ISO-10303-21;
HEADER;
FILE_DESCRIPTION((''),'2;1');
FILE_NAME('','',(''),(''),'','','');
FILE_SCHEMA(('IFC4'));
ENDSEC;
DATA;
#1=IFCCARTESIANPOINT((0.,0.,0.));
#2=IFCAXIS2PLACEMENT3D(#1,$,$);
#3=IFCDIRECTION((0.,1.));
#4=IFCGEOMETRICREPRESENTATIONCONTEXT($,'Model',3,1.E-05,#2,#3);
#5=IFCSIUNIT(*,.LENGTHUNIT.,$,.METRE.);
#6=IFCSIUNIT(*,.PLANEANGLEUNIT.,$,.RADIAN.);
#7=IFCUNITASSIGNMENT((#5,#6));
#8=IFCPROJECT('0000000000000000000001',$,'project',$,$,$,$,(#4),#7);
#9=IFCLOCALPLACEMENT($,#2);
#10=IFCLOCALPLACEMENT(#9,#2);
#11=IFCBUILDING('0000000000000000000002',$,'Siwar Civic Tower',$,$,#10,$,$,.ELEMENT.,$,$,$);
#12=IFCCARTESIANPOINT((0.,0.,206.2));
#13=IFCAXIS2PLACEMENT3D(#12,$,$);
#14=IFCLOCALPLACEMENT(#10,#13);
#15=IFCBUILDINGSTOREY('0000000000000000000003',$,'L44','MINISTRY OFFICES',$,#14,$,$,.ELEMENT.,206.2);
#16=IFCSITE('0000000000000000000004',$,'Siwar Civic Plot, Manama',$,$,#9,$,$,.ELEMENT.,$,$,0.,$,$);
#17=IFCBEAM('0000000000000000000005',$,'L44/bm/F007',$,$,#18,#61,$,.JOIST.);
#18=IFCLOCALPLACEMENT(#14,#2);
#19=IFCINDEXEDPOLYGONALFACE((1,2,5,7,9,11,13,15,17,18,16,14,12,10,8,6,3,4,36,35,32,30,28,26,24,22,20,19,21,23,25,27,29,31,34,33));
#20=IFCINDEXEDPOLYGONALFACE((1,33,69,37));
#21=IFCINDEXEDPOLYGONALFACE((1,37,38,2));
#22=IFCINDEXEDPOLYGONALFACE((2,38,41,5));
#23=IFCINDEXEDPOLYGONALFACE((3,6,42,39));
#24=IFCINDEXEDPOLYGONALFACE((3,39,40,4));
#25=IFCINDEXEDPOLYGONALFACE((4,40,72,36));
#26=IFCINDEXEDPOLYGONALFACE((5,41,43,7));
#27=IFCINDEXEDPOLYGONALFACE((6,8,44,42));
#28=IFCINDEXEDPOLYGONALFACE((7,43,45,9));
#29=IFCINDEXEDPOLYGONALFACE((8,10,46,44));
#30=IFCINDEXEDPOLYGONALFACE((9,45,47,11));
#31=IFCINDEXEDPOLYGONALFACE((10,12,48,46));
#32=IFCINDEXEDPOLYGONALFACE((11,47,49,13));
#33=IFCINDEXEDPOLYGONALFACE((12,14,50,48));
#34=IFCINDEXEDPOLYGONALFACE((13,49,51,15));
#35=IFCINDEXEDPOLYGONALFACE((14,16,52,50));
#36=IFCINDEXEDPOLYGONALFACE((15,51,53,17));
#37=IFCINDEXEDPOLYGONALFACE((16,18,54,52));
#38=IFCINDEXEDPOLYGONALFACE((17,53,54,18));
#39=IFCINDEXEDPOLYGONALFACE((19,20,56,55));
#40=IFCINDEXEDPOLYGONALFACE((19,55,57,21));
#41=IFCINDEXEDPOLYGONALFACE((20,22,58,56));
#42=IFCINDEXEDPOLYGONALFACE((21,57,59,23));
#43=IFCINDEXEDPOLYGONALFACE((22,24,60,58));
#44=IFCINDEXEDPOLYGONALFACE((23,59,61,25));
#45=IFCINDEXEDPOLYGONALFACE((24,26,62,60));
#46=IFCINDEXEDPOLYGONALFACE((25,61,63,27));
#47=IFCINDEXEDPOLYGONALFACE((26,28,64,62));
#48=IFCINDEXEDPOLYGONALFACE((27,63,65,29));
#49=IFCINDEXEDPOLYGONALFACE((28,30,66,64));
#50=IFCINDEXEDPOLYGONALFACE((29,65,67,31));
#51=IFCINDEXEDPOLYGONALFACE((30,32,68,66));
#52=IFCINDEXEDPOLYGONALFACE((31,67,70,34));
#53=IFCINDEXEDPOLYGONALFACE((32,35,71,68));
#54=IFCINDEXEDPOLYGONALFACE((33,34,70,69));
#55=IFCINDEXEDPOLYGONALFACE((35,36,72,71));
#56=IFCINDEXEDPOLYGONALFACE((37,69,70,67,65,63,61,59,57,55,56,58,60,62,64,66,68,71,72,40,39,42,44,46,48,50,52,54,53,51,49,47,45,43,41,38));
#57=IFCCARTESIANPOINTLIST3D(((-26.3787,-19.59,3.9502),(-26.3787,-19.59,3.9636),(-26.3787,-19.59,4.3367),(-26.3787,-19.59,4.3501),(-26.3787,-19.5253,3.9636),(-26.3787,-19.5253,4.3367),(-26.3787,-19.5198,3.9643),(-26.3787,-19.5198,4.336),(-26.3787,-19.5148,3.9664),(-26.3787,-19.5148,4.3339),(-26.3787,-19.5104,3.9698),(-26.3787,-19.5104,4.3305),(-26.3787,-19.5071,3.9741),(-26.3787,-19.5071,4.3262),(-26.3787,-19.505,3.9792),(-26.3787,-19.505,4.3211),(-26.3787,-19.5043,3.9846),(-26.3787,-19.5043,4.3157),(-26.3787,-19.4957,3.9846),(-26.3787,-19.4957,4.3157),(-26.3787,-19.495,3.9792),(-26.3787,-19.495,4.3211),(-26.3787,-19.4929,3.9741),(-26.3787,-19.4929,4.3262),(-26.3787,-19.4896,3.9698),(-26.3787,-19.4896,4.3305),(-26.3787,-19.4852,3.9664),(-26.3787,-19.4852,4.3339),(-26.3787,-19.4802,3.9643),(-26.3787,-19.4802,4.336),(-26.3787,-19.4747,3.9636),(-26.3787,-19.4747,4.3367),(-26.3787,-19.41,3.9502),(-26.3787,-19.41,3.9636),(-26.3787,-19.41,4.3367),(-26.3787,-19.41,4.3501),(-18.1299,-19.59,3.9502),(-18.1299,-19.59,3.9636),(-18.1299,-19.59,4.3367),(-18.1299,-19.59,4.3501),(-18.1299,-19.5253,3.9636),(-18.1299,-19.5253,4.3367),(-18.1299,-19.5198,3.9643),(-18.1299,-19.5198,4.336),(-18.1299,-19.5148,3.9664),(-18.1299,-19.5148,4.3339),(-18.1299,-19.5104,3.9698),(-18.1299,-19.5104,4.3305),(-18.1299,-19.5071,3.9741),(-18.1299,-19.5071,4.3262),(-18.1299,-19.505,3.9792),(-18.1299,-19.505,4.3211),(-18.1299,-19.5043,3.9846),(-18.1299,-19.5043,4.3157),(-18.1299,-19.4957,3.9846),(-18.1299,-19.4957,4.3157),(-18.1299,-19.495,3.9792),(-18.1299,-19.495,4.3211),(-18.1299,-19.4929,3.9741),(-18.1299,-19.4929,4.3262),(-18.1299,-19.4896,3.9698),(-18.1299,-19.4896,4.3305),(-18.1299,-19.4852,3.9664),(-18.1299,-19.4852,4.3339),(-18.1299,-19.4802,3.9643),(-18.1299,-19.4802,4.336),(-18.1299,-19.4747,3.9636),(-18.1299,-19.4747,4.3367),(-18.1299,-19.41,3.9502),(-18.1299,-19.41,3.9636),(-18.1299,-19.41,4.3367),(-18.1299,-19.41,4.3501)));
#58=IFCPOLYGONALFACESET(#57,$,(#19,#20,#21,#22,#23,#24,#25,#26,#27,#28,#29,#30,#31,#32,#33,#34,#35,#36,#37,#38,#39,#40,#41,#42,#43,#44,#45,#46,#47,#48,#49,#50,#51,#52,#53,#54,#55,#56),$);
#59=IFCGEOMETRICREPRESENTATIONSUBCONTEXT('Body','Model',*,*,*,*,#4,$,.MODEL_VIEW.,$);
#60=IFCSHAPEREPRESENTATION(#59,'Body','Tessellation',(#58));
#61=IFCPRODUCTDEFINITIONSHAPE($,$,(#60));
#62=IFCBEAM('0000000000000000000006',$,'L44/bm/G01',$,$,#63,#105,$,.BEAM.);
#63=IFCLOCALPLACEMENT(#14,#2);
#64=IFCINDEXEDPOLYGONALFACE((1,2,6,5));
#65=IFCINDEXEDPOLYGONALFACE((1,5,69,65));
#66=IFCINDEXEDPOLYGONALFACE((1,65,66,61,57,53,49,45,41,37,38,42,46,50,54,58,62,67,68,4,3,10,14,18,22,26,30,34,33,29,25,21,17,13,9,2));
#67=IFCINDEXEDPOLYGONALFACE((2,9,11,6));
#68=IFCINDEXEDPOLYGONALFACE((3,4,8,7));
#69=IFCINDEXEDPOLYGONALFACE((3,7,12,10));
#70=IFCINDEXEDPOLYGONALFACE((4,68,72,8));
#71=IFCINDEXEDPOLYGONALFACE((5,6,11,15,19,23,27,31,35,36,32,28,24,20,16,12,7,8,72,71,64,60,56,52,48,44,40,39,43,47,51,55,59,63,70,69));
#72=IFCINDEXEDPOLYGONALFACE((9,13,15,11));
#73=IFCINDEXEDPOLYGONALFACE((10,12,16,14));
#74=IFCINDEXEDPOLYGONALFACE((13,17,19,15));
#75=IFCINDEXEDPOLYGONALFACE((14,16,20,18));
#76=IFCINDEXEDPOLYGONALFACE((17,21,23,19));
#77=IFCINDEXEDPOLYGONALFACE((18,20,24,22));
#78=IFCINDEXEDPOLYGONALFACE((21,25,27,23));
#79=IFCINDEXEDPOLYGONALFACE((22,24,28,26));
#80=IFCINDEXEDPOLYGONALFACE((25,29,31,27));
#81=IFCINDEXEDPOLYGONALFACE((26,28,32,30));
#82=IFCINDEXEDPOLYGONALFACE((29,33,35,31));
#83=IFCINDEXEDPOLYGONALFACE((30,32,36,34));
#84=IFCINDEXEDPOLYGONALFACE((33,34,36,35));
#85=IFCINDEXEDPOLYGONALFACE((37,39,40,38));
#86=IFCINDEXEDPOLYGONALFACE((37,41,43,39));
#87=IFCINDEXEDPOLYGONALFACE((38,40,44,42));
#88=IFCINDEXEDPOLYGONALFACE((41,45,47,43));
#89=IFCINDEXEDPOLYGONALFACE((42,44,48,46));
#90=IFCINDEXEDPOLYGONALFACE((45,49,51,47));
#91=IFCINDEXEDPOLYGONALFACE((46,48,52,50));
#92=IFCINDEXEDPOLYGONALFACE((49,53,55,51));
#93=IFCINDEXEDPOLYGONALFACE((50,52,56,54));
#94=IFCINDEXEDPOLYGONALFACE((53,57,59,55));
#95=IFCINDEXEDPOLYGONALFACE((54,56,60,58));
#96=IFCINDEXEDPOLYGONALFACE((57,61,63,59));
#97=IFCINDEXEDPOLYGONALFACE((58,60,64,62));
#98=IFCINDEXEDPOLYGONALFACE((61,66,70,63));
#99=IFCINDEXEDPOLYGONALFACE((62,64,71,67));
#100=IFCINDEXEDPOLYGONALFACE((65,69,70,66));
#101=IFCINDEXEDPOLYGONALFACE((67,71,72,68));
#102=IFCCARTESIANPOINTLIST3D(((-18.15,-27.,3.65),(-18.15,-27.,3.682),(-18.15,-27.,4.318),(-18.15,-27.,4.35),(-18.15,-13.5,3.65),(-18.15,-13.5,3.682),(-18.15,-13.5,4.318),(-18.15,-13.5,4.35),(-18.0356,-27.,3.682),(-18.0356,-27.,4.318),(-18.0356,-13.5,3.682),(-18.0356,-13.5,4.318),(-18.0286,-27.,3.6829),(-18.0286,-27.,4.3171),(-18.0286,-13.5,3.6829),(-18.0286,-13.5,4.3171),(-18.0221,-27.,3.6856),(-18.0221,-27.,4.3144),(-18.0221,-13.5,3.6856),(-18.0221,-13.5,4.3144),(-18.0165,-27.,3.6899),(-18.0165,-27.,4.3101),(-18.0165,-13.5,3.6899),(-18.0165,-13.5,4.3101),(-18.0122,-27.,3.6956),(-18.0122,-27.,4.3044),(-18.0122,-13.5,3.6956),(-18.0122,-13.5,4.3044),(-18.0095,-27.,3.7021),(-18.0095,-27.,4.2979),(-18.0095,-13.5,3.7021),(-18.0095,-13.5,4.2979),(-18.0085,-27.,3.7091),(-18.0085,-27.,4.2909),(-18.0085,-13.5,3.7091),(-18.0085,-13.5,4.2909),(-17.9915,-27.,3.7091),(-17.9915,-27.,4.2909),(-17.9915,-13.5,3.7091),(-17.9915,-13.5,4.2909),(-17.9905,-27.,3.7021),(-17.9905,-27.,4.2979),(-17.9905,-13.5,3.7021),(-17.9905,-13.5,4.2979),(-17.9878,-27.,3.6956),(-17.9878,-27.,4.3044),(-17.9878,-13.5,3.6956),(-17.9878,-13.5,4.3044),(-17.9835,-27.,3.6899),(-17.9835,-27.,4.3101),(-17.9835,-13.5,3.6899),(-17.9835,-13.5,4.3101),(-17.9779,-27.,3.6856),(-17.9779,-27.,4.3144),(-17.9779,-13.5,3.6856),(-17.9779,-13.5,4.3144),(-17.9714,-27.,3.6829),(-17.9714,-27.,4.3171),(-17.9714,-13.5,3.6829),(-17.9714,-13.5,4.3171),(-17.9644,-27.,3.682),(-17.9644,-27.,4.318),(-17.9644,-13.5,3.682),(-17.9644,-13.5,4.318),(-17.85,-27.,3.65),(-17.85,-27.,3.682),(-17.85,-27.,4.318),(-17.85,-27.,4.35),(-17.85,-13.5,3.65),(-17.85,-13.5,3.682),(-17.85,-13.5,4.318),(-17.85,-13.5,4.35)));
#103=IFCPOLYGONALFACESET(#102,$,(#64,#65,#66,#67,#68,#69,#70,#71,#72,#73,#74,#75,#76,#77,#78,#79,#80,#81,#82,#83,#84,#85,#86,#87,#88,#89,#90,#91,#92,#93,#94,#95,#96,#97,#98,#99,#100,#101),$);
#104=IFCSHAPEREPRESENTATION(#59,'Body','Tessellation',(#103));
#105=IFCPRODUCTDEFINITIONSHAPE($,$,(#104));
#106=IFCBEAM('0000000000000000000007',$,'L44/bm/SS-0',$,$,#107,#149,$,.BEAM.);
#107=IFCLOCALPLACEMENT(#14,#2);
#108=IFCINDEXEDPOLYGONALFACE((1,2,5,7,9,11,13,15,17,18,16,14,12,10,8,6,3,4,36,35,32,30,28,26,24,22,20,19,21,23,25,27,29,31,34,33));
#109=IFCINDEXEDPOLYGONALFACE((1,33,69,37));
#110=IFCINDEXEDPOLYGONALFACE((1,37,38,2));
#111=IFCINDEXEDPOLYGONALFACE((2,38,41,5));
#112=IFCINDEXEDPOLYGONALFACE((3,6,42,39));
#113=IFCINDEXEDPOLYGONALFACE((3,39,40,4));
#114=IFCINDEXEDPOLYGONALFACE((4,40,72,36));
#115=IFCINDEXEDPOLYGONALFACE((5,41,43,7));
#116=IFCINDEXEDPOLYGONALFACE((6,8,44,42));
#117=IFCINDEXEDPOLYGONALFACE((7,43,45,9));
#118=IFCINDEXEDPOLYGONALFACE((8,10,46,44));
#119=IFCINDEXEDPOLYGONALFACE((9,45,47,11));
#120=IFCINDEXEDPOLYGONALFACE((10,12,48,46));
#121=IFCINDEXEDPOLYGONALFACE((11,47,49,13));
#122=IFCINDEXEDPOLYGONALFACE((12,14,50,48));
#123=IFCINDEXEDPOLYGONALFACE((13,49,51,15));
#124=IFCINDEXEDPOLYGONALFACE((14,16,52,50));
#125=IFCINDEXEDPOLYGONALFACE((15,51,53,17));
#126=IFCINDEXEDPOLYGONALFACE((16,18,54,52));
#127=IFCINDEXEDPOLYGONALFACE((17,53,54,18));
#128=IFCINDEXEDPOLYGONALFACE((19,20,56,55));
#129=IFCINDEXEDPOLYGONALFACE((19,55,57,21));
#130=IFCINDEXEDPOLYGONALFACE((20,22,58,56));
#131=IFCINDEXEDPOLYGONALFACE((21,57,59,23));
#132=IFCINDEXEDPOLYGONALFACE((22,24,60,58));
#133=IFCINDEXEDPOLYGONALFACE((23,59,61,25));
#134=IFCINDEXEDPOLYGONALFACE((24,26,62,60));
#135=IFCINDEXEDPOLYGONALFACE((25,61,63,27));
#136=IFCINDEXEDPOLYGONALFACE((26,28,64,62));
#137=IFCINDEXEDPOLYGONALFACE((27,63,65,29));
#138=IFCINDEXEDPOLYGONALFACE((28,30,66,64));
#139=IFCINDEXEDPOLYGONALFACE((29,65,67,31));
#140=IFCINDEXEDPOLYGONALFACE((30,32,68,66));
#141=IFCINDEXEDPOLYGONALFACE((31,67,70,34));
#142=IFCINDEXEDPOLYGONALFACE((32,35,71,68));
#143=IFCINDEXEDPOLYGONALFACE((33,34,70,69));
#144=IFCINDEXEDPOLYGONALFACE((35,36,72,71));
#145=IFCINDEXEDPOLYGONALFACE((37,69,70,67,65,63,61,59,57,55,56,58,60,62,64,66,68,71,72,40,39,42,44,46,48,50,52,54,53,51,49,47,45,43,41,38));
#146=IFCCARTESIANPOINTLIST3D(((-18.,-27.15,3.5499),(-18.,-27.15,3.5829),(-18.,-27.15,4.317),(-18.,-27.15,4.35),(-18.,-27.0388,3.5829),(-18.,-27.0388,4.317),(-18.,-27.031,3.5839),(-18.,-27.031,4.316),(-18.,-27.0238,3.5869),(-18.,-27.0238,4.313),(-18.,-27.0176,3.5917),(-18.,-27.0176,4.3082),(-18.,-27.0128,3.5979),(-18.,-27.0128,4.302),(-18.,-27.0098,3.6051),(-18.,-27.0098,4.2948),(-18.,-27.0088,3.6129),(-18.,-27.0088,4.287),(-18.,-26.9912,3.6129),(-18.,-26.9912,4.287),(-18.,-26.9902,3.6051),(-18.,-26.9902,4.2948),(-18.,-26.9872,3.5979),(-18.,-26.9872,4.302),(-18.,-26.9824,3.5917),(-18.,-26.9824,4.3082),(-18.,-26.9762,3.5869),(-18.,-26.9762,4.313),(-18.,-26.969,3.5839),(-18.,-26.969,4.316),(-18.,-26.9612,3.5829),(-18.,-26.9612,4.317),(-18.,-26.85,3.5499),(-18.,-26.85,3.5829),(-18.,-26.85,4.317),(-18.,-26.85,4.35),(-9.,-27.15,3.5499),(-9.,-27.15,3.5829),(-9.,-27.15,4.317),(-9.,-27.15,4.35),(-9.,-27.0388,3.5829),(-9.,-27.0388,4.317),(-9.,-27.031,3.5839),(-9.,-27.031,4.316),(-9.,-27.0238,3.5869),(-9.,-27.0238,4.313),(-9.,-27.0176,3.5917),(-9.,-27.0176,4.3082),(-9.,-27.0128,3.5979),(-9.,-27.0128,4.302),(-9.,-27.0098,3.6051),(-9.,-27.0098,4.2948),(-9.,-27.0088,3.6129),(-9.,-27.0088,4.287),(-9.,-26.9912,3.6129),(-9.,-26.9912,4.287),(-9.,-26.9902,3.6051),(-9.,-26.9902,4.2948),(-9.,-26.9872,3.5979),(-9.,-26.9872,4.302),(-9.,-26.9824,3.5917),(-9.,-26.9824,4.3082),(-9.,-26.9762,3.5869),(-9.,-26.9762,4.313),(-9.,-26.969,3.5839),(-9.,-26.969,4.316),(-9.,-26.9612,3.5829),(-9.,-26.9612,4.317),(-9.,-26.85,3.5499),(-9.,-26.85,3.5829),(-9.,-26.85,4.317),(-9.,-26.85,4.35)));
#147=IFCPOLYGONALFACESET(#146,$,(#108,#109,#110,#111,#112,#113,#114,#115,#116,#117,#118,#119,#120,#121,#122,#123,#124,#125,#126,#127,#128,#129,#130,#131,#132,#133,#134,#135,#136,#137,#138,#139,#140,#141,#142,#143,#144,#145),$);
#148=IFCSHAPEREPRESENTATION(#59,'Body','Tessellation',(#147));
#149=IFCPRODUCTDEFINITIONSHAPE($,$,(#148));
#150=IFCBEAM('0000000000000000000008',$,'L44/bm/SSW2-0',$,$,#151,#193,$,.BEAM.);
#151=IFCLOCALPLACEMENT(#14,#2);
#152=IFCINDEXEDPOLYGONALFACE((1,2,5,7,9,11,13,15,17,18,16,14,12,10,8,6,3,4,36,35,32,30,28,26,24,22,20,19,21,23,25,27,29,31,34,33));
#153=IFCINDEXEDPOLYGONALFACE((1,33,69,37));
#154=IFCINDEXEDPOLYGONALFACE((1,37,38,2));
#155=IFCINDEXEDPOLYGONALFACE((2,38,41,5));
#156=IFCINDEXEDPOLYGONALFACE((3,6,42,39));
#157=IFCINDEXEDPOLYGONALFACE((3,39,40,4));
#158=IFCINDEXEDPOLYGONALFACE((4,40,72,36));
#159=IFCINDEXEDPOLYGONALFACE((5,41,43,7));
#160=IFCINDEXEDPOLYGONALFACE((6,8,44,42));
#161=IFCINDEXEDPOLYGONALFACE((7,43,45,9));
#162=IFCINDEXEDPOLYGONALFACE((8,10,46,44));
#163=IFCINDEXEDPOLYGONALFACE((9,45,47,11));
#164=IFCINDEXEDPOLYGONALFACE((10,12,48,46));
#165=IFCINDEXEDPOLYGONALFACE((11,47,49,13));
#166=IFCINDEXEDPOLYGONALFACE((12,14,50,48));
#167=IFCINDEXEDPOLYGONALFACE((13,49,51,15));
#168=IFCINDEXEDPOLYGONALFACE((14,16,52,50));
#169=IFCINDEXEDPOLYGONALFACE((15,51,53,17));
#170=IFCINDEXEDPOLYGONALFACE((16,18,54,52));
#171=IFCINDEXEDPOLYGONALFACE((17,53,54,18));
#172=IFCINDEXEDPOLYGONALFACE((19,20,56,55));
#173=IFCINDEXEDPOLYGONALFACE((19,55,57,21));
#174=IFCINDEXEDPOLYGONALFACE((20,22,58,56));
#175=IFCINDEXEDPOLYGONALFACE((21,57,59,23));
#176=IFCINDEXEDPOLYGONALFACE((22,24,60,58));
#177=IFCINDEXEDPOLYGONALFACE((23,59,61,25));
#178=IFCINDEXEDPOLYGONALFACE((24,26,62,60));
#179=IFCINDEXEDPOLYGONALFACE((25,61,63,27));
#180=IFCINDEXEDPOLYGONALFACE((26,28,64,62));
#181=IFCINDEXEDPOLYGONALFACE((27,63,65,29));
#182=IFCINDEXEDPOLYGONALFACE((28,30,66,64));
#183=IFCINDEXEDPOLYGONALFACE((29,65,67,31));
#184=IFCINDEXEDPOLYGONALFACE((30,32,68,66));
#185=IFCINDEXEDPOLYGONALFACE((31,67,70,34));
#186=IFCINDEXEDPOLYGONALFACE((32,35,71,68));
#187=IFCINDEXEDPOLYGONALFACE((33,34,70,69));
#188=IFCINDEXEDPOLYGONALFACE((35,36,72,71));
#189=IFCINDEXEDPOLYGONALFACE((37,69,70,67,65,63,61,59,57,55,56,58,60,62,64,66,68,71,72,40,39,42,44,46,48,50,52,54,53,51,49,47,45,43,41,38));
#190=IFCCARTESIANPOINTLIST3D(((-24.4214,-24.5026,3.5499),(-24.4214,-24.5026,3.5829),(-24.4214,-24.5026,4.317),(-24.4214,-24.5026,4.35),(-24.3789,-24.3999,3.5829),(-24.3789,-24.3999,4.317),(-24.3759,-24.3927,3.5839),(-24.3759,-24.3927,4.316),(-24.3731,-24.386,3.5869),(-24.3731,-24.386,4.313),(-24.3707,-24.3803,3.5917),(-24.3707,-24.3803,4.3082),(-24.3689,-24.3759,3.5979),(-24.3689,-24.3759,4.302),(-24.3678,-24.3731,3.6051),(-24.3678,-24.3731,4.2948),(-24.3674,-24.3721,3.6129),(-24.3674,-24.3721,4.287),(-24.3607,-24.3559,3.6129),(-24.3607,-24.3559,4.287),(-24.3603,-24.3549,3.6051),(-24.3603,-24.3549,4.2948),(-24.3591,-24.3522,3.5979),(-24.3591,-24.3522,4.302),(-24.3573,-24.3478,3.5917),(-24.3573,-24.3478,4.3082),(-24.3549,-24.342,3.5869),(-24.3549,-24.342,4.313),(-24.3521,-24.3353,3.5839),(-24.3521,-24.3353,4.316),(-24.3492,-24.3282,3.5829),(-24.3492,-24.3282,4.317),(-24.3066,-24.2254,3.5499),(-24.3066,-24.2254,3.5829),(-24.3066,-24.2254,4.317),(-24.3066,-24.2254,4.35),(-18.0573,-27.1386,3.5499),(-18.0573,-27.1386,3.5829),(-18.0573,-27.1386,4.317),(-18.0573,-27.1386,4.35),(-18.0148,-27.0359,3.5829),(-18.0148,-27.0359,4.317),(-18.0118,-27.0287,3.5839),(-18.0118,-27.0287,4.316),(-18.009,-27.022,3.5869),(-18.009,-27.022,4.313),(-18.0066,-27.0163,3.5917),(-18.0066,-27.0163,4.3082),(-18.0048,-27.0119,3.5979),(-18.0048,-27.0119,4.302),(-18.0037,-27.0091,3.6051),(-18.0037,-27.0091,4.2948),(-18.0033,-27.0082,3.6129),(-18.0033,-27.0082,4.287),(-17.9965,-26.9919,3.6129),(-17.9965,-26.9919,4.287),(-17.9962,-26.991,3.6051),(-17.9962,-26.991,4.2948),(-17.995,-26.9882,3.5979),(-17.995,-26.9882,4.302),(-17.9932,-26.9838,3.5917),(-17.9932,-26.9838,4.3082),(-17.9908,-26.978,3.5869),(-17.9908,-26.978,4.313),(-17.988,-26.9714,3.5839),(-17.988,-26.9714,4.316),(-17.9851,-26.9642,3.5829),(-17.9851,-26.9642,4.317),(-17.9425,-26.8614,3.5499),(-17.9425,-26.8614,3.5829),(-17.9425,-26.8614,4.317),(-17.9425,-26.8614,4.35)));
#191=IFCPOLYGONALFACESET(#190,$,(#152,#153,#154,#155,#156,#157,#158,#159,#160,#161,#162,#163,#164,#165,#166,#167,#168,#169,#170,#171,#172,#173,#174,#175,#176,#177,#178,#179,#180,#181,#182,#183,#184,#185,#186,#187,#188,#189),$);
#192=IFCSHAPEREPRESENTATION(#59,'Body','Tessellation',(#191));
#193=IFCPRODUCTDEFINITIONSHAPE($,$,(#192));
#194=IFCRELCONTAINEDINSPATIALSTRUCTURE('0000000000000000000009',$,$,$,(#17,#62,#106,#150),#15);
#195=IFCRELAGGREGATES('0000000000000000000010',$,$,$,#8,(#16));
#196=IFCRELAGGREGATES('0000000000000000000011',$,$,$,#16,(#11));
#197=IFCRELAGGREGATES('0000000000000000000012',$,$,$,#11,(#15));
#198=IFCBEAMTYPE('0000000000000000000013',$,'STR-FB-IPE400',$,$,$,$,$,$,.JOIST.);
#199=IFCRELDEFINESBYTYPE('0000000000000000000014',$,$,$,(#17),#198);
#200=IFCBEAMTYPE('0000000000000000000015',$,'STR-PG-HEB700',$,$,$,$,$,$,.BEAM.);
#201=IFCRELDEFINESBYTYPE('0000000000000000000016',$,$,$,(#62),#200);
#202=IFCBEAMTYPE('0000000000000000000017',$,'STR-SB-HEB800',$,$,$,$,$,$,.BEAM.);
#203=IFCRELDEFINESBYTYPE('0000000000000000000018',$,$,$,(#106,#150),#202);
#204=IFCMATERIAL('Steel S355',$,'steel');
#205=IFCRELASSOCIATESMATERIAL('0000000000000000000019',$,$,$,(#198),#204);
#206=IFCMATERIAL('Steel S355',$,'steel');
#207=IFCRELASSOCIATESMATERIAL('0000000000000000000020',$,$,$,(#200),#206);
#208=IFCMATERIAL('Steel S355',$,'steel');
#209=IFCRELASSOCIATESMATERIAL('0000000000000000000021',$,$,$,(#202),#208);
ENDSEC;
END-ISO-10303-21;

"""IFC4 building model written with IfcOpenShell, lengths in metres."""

from ifc_helpers import new_model, si_unit, direction, frame, origin, origin_2d, place, context, subcontext, project, spatial, i_section, extrude, material, material_profile, profile_set, type_object, element, save


model = new_model("IFC4")

# Units and contexts
model_context = context("Model", 3, precision=1e-05, world=origin(), true_north=direction((0.0, 1.0)))
body_context = subcontext(model_context, "Body", "Model", "MODEL_VIEW")
ifc_project = project(units=[si_unit("LENGTHUNIT", "METRE"), si_unit("PLANEANGLEUNIT", "RADIAN")], contexts=[model_context])

# Site, building, storey
site_placement = place(None, origin())
site = spatial("IfcSite", under=ifc_project, at=site_placement, Name="Siwar Civic Plot, Manama", CompositionType="ELEMENT", RefElevation=0.0)
building_placement = place(site_placement, origin())
building = spatial("IfcBuilding", under=site, at=building_placement, Name="Siwar Civic Tower", CompositionType="ELEMENT")
storey_placement = place(building_placement, frame((0.0, 0.0, 206.2)))
storey = spatial("IfcBuildingStorey", under=building, at=storey_placement, Name="L44", Description="MINISTRY OFFICES", CompositionType="ELEMENT", Elevation=206.2)

# Beams
ifc_material_1 = material(Name="Steel S355", Category="steel")
ifc_material_profile_1 = material_profile(ifc_material_1, i_section(OverallWidth=0.1799, OverallDepth=0.3999, WebThickness=0.0085, FlangeThickness=0.0134, FilletRadius=0.021, at=origin_2d()), Name="IPE400")
ifc_profile_set_1 = profile_set([ifc_material_profile_1], Name="Steel S355")
beam_type_1 = type_object("IfcBeamType", Name="STR-FB-IPE400", PredefinedType="JOIST", material=ifc_profile_set_1)
beam_1_placement = place(storey_placement, frame((-26.3787, -19.5, 4.1501), z_axis=(1.0, 0.0, 0.0), x_axis=(0.0, 1.0, 0.0)))
element("IfcBeam", 1, at=beam_1_placement, inside=storey, type_object=beam_type_1, Name="L44/bm/F007", PredefinedType="JOIST", context=body_context, shape_type="SweptSolid", body=[
    extrude(i_section(OverallWidth=0.1799, OverallDepth=0.3999, WebThickness=0.0085, FlangeThickness=0.0134, FilletRadius=0.021, at=origin_2d()), origin(), (0.0, 0.0, 1.0), 8.2488),
])
ifc_material_2 = material(Name="Steel S355", Category="steel")
ifc_material_profile_2 = material_profile(ifc_material_2, i_section(OverallWidth=0.3, OverallDepth=0.7, WebThickness=0.0171, FlangeThickness=0.032, FilletRadius=0.0271, at=origin_2d()), Name="HEB700")
ifc_profile_set_2 = profile_set([ifc_material_profile_2], Name="Steel S355")
beam_type_2 = type_object("IfcBeamType", Name="STR-PG-HEB700", PredefinedType="BEAM", material=ifc_profile_set_2)
beam_2_placement = place(storey_placement, frame((-18.0, -27.0, 4.0), z_axis=(0.0, 1.0, 0.0), x_axis=(-1.0, 0.0, 0.0)))
element("IfcBeam", 2, at=beam_2_placement, inside=storey, type_object=beam_type_2, Name="L44/bm/G01", PredefinedType="BEAM", context=body_context, shape_type="SweptSolid", body=[
    extrude(i_section(OverallWidth=0.3, OverallDepth=0.7, WebThickness=0.0171, FlangeThickness=0.032, FilletRadius=0.0271, at=origin_2d()), origin(), (0.0, 0.0, 1.0), 13.5),
])
ifc_material_3 = material(Name="Steel S355", Category="steel")
ifc_material_profile_3 = material_profile(ifc_material_3, i_section(OverallWidth=0.3, OverallDepth=0.8, WebThickness=0.0176, FlangeThickness=0.033, FilletRadius=0.03, at=origin_2d()), Name="HEB800")
ifc_profile_set_3 = profile_set([ifc_material_profile_3], Name="Steel S355")
beam_type_3 = type_object("IfcBeamType", Name="STR-SB-HEB800", PredefinedType="BEAM", material=ifc_profile_set_3)
beam_3_placement = place(storey_placement, frame((-18.0, -27.0, 3.95), z_axis=(1.0, 0.0, 0.0), x_axis=(0.0, 1.0, 0.0)))
element("IfcBeam", 3, at=beam_3_placement, inside=storey, type_object=beam_type_3, Name="L44/bm/SS-0", PredefinedType="BEAM", context=body_context, shape_type="SweptSolid", body=[
    extrude(i_section(OverallWidth=0.3, OverallDepth=0.8, WebThickness=0.0176, FlangeThickness=0.033, FilletRadius=0.03, at=origin_2d()), origin(), (0.0, 0.0, 1.0), 9.0),
])
beam_4_placement = place(storey_placement, frame((-24.364, -24.364, 3.95), z_axis=(0.923883, -0.382674, 0.0), x_axis=(0.382674, 0.923883, 0.0)))
element("IfcBeam", 4, at=beam_4_placement, inside=storey, type_object=beam_type_3, Name="L44/bm/SSW2-0", PredefinedType="BEAM", context=body_context, shape_type="SweptSolid", body=[
    extrude(i_section(OverallWidth=0.3, OverallDepth=0.8, WebThickness=0.0176, FlangeThickness=0.033, FilletRadius=0.03, at=origin_2d()), origin(), (0.0, 0.0, 1.0), 6.8884),
])

save(model, "model.ifc")
